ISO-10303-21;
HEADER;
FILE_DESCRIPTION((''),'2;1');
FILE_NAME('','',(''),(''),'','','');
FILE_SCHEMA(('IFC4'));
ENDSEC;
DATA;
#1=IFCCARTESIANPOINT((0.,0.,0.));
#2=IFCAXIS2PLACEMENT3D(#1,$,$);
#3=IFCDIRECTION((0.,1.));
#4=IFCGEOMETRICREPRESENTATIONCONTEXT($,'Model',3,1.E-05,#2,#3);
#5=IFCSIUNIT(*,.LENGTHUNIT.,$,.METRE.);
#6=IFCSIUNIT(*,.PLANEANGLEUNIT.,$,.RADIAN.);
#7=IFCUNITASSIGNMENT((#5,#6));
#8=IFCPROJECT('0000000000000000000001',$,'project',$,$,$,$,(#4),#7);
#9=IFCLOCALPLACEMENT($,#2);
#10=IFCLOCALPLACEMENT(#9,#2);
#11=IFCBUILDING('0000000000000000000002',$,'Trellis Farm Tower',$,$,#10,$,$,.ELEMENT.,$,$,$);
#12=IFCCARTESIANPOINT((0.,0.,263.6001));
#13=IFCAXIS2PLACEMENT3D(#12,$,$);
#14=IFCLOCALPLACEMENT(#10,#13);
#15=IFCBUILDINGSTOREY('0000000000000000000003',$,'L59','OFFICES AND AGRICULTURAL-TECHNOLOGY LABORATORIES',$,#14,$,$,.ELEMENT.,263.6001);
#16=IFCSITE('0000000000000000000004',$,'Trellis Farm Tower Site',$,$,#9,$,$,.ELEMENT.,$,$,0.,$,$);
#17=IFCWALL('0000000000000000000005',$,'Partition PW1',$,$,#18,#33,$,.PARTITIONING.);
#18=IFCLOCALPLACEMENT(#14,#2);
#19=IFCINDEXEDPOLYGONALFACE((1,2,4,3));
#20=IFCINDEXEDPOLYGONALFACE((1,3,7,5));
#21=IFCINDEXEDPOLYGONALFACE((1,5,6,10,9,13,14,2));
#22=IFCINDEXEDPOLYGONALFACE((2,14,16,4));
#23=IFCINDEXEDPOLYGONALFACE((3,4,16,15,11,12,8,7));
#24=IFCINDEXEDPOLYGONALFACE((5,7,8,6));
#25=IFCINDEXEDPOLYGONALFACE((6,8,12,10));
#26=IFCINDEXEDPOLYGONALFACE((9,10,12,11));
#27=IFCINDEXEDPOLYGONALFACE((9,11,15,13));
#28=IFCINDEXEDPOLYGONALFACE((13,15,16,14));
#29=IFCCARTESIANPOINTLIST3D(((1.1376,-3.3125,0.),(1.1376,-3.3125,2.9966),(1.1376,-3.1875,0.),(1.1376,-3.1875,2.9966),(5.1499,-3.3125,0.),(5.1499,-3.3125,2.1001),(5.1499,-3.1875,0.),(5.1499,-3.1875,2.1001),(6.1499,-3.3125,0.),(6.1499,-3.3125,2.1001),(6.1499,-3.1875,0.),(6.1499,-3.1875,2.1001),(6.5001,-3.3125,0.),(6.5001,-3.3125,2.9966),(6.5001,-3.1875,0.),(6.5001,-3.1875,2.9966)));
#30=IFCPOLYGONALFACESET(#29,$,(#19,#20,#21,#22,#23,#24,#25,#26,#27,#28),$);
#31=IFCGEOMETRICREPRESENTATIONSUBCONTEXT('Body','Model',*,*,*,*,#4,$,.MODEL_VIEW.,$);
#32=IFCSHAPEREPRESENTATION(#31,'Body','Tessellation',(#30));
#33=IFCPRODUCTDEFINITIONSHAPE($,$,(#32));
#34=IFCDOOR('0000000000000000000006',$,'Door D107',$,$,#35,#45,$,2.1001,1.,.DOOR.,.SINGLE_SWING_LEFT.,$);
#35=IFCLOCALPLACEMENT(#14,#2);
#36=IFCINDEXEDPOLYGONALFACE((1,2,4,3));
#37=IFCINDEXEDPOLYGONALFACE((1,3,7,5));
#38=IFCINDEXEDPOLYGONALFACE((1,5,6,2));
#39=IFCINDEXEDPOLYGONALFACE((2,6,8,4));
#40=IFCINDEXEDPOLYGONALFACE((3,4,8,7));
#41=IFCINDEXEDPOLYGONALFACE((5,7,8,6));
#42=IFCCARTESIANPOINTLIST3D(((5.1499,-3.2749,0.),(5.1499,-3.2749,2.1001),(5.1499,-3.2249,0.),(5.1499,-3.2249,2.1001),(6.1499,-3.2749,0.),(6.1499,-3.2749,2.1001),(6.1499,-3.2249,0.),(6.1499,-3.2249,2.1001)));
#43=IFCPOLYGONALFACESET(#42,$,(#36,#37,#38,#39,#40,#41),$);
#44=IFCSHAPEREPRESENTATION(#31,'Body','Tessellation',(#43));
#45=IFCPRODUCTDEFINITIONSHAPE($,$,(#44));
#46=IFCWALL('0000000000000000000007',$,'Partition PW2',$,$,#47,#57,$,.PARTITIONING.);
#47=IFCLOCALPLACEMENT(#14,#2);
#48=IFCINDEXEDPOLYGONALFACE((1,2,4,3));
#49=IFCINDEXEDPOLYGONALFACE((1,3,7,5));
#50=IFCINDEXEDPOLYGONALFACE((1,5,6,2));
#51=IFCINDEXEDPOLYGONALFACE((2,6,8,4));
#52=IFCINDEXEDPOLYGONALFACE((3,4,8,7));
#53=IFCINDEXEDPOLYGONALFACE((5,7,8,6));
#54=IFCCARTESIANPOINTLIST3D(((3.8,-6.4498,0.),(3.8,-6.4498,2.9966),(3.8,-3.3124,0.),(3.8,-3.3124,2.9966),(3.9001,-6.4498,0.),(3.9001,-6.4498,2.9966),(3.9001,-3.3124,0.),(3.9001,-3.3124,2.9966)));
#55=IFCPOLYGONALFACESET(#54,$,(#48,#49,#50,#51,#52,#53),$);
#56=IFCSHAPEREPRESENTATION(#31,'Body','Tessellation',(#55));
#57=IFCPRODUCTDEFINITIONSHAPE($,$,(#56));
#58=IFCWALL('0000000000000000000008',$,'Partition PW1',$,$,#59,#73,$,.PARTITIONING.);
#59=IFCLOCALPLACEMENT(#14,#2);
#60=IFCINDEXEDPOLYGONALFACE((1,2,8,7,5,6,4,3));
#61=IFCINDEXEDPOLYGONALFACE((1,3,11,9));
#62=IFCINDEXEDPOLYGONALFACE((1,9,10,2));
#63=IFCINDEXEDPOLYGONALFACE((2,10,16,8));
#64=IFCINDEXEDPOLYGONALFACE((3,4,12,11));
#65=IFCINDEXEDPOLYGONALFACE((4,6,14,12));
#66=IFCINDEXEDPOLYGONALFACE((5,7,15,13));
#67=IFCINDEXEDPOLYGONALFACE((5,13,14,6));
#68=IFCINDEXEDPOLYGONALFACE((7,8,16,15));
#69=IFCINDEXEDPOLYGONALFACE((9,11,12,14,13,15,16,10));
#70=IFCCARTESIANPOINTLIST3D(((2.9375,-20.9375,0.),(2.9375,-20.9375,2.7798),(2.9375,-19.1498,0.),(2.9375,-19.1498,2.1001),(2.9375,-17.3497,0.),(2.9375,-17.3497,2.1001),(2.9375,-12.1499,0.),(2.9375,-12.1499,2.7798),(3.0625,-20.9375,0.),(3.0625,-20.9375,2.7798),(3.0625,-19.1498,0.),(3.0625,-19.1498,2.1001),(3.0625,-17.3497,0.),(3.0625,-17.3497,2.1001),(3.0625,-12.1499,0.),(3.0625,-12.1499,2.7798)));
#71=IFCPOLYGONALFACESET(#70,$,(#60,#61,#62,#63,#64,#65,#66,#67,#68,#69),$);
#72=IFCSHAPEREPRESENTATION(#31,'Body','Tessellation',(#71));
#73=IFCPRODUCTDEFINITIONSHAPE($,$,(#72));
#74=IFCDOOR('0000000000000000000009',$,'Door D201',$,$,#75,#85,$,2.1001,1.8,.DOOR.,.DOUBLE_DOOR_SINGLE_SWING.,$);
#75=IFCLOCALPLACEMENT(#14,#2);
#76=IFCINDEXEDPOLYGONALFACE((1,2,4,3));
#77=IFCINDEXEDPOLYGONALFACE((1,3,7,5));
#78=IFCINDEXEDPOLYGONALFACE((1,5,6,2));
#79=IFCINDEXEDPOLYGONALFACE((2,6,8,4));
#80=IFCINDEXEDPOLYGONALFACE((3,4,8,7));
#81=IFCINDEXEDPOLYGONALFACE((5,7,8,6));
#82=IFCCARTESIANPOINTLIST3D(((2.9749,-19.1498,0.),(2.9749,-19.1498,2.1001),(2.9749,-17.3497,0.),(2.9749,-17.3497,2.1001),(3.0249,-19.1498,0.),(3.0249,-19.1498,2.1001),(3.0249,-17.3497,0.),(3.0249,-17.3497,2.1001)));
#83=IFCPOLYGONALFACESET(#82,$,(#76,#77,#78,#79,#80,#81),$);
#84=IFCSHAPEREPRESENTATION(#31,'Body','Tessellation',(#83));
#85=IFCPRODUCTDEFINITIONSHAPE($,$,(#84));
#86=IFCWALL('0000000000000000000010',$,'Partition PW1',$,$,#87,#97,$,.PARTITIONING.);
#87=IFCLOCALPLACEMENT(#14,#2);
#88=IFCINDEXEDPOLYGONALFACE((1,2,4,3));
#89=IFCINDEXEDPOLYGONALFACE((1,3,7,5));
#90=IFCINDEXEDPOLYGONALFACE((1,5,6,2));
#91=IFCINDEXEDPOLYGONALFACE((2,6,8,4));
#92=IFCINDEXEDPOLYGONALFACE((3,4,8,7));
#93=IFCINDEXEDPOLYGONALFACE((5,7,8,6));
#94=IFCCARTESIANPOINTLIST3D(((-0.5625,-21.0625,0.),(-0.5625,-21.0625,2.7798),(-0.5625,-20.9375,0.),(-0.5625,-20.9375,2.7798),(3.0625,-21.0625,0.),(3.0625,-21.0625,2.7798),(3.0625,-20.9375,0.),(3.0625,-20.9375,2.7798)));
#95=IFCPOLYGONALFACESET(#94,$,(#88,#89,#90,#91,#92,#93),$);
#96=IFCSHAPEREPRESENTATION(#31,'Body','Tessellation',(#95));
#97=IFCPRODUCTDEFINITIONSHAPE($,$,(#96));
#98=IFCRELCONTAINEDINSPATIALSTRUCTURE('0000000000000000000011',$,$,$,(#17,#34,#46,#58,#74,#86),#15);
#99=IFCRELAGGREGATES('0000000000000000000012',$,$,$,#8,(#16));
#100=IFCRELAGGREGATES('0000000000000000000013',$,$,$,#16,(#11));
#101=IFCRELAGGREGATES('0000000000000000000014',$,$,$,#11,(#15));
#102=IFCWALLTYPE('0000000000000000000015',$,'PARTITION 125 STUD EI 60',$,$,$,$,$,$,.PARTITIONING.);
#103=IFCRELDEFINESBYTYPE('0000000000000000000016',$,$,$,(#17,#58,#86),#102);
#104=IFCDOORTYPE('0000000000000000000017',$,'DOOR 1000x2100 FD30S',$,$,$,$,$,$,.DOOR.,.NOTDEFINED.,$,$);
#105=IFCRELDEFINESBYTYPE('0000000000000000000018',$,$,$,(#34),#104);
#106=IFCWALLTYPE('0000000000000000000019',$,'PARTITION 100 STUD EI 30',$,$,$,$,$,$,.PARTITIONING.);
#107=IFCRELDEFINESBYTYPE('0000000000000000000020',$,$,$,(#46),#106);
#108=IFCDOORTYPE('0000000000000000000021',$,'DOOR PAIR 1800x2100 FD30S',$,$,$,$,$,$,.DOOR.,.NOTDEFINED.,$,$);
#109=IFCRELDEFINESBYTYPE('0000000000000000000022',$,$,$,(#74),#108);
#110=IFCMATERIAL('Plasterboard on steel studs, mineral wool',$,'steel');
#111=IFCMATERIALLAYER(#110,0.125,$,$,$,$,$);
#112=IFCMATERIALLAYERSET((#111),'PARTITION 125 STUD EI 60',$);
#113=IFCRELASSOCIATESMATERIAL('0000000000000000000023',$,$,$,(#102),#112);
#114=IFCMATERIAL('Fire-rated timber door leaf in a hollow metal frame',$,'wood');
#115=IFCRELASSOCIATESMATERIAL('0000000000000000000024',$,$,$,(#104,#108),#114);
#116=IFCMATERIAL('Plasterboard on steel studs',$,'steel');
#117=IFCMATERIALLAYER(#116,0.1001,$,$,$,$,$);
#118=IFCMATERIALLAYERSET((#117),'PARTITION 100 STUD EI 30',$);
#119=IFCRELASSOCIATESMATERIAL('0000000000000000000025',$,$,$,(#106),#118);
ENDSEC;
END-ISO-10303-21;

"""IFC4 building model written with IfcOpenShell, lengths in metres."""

from ifc_helpers import new_model, si_unit, direction, frame, frame_2d, origin, place, context, subcontext, project, spatial, rectangle, extrude, source, transform, mapped, material, layer, layer_set, type_object, element, fill, save


model = new_model("IFC4")

# Units and contexts
model_context = context("Model", 3, precision=1e-05, world=origin(), true_north=direction((0.0, 1.0)))
body_context = subcontext(model_context, "Body", "Model", "MODEL_VIEW")
ifc_project = project(units=[si_unit("LENGTHUNIT", "METRE"), si_unit("PLANEANGLEUNIT", "RADIAN")], contexts=[model_context])

# Site, building, storey
site_placement = place(None, origin())
site = spatial("IfcSite", under=ifc_project, at=site_placement, Name="Trellis Farm Tower Site", CompositionType="ELEMENT", RefElevation=0.0)
building_placement = place(site_placement, origin())
building = spatial("IfcBuilding", under=site, at=building_placement, Name="Trellis Farm Tower", CompositionType="ELEMENT")
storey_placement = place(building_placement, frame((0.0, 0.0, 263.6001)))
storey = spatial("IfcBuildingStorey", under=building, at=storey_placement, Name="L59", Description="OFFICES AND AGRICULTURAL-TECHNOLOGY LABORATORIES", CompositionType="ELEMENT", Elevation=263.6001)

# Shared definitions
shared_shape_1 = source(origin(), body_context, "Body", "SweptSolid", [
    extrude(rectangle(XDim=1.0, YDim=2.1001, at=frame_2d((0.5, 1.05))), frame((0.0, 0.0249, 0.0), z_axis=(0.0, -1.0, 0.0), x_axis=(1.0, 0.0, 0.0)), (0.0, 0.0, 1.0), 0.05),
])

# Wall, opening, door
ifc_material_1 = material(Name="Plasterboard on steel studs, mineral wool", Category="steel")
ifc_layer_1 = layer(ifc_material_1, 0.125)
ifc_layer_set_1 = layer_set([ifc_layer_1], Name="PARTITION 125 STUD EI 60")
wall_type_1 = type_object("IfcWallType", Name="PARTITION 125 STUD EI 60", PredefinedType="PARTITIONING", material=ifc_layer_set_1)
shared_shape_2 = source(origin(), body_context, "Body", "SweptSolid", [
    extrude(rectangle(XDim=5.3625, YDim=0.125, at=frame_2d((2.6812, 0.0))), origin(), (0.0, 0.0, 1.0), 2.9966),
])
wall_1_placement = place(storey_placement, frame((6.5, -3.25, 0.0), z_axis=(0.0, 0.0, 1.0), x_axis=(-1.0, 0.0, 0.0)))
wall_1 = element("IfcWall", 1, at=wall_1_placement, inside=storey, type_object=wall_type_1, Name="Partition PW1", PredefinedType="PARTITIONING", context=body_context, shape_type="MappedRepresentation", body=[
    mapped(shared_shape_2, transform((0.0, 0.0, 0.0))),
])
shared_shape_3 = source(origin(), body_context, "Body", "SweptSolid", [
    extrude(rectangle(XDim=1.0, YDim=2.1001, at=frame_2d((0.5, 1.05))), frame((0.0, 0.0725, 0.0), z_axis=(0.0, -1.0, 0.0), x_axis=(1.0, 0.0, 0.0)), (0.0, 0.0, 1.0), 0.145),
])
opening_1_placement = place(wall_1_placement, frame((0.3501, 0.0, 0.0)))
opening_1 = element("IfcOpeningElement", 2, at=opening_1_placement, cuts=wall_1, PredefinedType="OPENING", context=body_context, shape_type="MappedRepresentation", body=[
    mapped(shared_shape_3, transform((0.0, 0.0, 0.0))),
])
ifc_material_2 = material(Name="Fire-rated timber door leaf in a hollow metal frame", Category="wood")
door_type_1 = type_object("IfcDoorType", Name="DOOR 1000x2100 FD30S", OperationType="NOTDEFINED", PredefinedType="DOOR", material=ifc_material_2)
door_1_placement = place(opening_1_placement, origin())
door_1 = element("IfcDoor", 3, at=door_1_placement, inside=storey, type_object=door_type_1, Name="Door D107", OperationType="SINGLE_SWING_LEFT", OverallHeight=2.1001, OverallWidth=1.0, PredefinedType="DOOR", context=body_context, shape_type="MappedRepresentation", body=[
    mapped(shared_shape_1, transform((0.0, 0.0, 0.0))),
])
fill(opening_1, door_1)

# Wall
ifc_material_3 = material(Name="Plasterboard on steel studs", Category="steel")
ifc_layer_2 = layer(ifc_material_3, 0.1001)
ifc_layer_set_2 = layer_set([ifc_layer_2], Name="PARTITION 100 STUD EI 30")
wall_type_2 = type_object("IfcWallType", Name="PARTITION 100 STUD EI 30", PredefinedType="PARTITIONING", material=ifc_layer_set_2)
shared_shape_4 = source(origin(), body_context, "Body", "SweptSolid", [
    extrude(rectangle(XDim=3.1375, YDim=0.1001, at=frame_2d((1.5688, 0.0))), origin(), (0.0, 0.0, 1.0), 2.9966),
])
wall_2_placement = place(storey_placement, frame((3.8501, -6.45, 0.0), z_axis=(0.0, 0.0, 1.0), x_axis=(0.0, 1.0, 0.0)))
element("IfcWall", 4, at=wall_2_placement, inside=storey, type_object=wall_type_2, Name="Partition PW2", PredefinedType="PARTITIONING", context=body_context, shape_type="MappedRepresentation", body=[
    mapped(shared_shape_4, transform((0.0, 0.0, 0.0))),
])

# Wall, opening, door
shared_shape_5 = source(origin(), body_context, "Body", "SweptSolid", [
    extrude(rectangle(XDim=8.7876, YDim=0.125, at=frame_2d((4.3938, 0.0))), origin(), (0.0, 0.0, 1.0), 2.7798),
])
wall_3_placement = place(storey_placement, frame((3.0, -12.1499, 0.0), z_axis=(0.0, 0.0, 1.0), x_axis=(0.0, -1.0, 0.0)))
wall_3 = element("IfcWall", 5, at=wall_3_placement, inside=storey, type_object=wall_type_1, Name="Partition PW1", PredefinedType="PARTITIONING", context=body_context, shape_type="MappedRepresentation", body=[
    mapped(shared_shape_5, transform((0.0, 0.0, 0.0))),
])
shared_shape_6 = source(origin(), body_context, "Body", "SweptSolid", [
    extrude(rectangle(XDim=1.8, YDim=2.1001, at=frame_2d((0.8999, 1.05))), frame((0.0, 0.0725, 0.0), z_axis=(0.0, -1.0, 0.0), x_axis=(1.0, 0.0, 0.0)), (0.0, 0.0, 1.0), 0.145),
])
opening_2_placement = place(wall_3_placement, frame((5.2, 0.0, 0.0)))
opening_2 = element("IfcOpeningElement", 6, at=opening_2_placement, cuts=wall_3, PredefinedType="OPENING", context=body_context, shape_type="MappedRepresentation", body=[
    mapped(shared_shape_6, transform((0.0, 0.0, 0.0))),
])
door_type_2 = type_object("IfcDoorType", Name="DOOR PAIR 1800x2100 FD30S", OperationType="NOTDEFINED", PredefinedType="DOOR", material=ifc_material_2)
shared_shape_7 = source(origin(), body_context, "Body", "SweptSolid", [
    extrude(rectangle(XDim=1.8, YDim=2.1001, at=frame_2d((0.8999, 1.05))), frame((0.0, 0.0249, 0.0), z_axis=(0.0, -1.0, 0.0), x_axis=(1.0, 0.0, 0.0)), (0.0, 0.0, 1.0), 0.05),
])
door_2_placement = place(opening_2_placement, origin())
door_2 = element("IfcDoor", 7, at=door_2_placement, inside=storey, type_object=door_type_2, Name="Door D201", OperationType="DOUBLE_DOOR_SINGLE_SWING", OverallHeight=2.1001, OverallWidth=1.8, PredefinedType="DOOR", context=body_context, shape_type="MappedRepresentation", body=[
    mapped(shared_shape_7, transform((0.0, 0.0, 0.0))),
])
fill(opening_2, door_2)

# Wall
shared_shape_8 = source(origin(), body_context, "Body", "SweptSolid", [
    extrude(rectangle(XDim=3.625, YDim=0.125, at=frame_2d((1.8125, 0.0))), origin(), (0.0, 0.0, 1.0), 2.7798),
])
wall_4_placement = place(storey_placement, frame((3.0625, -21.0, 0.0), z_axis=(0.0, 0.0, 1.0), x_axis=(-1.0, 0.0, 0.0)))
element("IfcWall", 8, at=wall_4_placement, inside=storey, type_object=wall_type_1, Name="Partition PW1", PredefinedType="PARTITIONING", context=body_context, shape_type="MappedRepresentation", body=[
    mapped(shared_shape_8, transform((0.0, 0.0, 0.0))),
])

save(model, "model.ifc")
